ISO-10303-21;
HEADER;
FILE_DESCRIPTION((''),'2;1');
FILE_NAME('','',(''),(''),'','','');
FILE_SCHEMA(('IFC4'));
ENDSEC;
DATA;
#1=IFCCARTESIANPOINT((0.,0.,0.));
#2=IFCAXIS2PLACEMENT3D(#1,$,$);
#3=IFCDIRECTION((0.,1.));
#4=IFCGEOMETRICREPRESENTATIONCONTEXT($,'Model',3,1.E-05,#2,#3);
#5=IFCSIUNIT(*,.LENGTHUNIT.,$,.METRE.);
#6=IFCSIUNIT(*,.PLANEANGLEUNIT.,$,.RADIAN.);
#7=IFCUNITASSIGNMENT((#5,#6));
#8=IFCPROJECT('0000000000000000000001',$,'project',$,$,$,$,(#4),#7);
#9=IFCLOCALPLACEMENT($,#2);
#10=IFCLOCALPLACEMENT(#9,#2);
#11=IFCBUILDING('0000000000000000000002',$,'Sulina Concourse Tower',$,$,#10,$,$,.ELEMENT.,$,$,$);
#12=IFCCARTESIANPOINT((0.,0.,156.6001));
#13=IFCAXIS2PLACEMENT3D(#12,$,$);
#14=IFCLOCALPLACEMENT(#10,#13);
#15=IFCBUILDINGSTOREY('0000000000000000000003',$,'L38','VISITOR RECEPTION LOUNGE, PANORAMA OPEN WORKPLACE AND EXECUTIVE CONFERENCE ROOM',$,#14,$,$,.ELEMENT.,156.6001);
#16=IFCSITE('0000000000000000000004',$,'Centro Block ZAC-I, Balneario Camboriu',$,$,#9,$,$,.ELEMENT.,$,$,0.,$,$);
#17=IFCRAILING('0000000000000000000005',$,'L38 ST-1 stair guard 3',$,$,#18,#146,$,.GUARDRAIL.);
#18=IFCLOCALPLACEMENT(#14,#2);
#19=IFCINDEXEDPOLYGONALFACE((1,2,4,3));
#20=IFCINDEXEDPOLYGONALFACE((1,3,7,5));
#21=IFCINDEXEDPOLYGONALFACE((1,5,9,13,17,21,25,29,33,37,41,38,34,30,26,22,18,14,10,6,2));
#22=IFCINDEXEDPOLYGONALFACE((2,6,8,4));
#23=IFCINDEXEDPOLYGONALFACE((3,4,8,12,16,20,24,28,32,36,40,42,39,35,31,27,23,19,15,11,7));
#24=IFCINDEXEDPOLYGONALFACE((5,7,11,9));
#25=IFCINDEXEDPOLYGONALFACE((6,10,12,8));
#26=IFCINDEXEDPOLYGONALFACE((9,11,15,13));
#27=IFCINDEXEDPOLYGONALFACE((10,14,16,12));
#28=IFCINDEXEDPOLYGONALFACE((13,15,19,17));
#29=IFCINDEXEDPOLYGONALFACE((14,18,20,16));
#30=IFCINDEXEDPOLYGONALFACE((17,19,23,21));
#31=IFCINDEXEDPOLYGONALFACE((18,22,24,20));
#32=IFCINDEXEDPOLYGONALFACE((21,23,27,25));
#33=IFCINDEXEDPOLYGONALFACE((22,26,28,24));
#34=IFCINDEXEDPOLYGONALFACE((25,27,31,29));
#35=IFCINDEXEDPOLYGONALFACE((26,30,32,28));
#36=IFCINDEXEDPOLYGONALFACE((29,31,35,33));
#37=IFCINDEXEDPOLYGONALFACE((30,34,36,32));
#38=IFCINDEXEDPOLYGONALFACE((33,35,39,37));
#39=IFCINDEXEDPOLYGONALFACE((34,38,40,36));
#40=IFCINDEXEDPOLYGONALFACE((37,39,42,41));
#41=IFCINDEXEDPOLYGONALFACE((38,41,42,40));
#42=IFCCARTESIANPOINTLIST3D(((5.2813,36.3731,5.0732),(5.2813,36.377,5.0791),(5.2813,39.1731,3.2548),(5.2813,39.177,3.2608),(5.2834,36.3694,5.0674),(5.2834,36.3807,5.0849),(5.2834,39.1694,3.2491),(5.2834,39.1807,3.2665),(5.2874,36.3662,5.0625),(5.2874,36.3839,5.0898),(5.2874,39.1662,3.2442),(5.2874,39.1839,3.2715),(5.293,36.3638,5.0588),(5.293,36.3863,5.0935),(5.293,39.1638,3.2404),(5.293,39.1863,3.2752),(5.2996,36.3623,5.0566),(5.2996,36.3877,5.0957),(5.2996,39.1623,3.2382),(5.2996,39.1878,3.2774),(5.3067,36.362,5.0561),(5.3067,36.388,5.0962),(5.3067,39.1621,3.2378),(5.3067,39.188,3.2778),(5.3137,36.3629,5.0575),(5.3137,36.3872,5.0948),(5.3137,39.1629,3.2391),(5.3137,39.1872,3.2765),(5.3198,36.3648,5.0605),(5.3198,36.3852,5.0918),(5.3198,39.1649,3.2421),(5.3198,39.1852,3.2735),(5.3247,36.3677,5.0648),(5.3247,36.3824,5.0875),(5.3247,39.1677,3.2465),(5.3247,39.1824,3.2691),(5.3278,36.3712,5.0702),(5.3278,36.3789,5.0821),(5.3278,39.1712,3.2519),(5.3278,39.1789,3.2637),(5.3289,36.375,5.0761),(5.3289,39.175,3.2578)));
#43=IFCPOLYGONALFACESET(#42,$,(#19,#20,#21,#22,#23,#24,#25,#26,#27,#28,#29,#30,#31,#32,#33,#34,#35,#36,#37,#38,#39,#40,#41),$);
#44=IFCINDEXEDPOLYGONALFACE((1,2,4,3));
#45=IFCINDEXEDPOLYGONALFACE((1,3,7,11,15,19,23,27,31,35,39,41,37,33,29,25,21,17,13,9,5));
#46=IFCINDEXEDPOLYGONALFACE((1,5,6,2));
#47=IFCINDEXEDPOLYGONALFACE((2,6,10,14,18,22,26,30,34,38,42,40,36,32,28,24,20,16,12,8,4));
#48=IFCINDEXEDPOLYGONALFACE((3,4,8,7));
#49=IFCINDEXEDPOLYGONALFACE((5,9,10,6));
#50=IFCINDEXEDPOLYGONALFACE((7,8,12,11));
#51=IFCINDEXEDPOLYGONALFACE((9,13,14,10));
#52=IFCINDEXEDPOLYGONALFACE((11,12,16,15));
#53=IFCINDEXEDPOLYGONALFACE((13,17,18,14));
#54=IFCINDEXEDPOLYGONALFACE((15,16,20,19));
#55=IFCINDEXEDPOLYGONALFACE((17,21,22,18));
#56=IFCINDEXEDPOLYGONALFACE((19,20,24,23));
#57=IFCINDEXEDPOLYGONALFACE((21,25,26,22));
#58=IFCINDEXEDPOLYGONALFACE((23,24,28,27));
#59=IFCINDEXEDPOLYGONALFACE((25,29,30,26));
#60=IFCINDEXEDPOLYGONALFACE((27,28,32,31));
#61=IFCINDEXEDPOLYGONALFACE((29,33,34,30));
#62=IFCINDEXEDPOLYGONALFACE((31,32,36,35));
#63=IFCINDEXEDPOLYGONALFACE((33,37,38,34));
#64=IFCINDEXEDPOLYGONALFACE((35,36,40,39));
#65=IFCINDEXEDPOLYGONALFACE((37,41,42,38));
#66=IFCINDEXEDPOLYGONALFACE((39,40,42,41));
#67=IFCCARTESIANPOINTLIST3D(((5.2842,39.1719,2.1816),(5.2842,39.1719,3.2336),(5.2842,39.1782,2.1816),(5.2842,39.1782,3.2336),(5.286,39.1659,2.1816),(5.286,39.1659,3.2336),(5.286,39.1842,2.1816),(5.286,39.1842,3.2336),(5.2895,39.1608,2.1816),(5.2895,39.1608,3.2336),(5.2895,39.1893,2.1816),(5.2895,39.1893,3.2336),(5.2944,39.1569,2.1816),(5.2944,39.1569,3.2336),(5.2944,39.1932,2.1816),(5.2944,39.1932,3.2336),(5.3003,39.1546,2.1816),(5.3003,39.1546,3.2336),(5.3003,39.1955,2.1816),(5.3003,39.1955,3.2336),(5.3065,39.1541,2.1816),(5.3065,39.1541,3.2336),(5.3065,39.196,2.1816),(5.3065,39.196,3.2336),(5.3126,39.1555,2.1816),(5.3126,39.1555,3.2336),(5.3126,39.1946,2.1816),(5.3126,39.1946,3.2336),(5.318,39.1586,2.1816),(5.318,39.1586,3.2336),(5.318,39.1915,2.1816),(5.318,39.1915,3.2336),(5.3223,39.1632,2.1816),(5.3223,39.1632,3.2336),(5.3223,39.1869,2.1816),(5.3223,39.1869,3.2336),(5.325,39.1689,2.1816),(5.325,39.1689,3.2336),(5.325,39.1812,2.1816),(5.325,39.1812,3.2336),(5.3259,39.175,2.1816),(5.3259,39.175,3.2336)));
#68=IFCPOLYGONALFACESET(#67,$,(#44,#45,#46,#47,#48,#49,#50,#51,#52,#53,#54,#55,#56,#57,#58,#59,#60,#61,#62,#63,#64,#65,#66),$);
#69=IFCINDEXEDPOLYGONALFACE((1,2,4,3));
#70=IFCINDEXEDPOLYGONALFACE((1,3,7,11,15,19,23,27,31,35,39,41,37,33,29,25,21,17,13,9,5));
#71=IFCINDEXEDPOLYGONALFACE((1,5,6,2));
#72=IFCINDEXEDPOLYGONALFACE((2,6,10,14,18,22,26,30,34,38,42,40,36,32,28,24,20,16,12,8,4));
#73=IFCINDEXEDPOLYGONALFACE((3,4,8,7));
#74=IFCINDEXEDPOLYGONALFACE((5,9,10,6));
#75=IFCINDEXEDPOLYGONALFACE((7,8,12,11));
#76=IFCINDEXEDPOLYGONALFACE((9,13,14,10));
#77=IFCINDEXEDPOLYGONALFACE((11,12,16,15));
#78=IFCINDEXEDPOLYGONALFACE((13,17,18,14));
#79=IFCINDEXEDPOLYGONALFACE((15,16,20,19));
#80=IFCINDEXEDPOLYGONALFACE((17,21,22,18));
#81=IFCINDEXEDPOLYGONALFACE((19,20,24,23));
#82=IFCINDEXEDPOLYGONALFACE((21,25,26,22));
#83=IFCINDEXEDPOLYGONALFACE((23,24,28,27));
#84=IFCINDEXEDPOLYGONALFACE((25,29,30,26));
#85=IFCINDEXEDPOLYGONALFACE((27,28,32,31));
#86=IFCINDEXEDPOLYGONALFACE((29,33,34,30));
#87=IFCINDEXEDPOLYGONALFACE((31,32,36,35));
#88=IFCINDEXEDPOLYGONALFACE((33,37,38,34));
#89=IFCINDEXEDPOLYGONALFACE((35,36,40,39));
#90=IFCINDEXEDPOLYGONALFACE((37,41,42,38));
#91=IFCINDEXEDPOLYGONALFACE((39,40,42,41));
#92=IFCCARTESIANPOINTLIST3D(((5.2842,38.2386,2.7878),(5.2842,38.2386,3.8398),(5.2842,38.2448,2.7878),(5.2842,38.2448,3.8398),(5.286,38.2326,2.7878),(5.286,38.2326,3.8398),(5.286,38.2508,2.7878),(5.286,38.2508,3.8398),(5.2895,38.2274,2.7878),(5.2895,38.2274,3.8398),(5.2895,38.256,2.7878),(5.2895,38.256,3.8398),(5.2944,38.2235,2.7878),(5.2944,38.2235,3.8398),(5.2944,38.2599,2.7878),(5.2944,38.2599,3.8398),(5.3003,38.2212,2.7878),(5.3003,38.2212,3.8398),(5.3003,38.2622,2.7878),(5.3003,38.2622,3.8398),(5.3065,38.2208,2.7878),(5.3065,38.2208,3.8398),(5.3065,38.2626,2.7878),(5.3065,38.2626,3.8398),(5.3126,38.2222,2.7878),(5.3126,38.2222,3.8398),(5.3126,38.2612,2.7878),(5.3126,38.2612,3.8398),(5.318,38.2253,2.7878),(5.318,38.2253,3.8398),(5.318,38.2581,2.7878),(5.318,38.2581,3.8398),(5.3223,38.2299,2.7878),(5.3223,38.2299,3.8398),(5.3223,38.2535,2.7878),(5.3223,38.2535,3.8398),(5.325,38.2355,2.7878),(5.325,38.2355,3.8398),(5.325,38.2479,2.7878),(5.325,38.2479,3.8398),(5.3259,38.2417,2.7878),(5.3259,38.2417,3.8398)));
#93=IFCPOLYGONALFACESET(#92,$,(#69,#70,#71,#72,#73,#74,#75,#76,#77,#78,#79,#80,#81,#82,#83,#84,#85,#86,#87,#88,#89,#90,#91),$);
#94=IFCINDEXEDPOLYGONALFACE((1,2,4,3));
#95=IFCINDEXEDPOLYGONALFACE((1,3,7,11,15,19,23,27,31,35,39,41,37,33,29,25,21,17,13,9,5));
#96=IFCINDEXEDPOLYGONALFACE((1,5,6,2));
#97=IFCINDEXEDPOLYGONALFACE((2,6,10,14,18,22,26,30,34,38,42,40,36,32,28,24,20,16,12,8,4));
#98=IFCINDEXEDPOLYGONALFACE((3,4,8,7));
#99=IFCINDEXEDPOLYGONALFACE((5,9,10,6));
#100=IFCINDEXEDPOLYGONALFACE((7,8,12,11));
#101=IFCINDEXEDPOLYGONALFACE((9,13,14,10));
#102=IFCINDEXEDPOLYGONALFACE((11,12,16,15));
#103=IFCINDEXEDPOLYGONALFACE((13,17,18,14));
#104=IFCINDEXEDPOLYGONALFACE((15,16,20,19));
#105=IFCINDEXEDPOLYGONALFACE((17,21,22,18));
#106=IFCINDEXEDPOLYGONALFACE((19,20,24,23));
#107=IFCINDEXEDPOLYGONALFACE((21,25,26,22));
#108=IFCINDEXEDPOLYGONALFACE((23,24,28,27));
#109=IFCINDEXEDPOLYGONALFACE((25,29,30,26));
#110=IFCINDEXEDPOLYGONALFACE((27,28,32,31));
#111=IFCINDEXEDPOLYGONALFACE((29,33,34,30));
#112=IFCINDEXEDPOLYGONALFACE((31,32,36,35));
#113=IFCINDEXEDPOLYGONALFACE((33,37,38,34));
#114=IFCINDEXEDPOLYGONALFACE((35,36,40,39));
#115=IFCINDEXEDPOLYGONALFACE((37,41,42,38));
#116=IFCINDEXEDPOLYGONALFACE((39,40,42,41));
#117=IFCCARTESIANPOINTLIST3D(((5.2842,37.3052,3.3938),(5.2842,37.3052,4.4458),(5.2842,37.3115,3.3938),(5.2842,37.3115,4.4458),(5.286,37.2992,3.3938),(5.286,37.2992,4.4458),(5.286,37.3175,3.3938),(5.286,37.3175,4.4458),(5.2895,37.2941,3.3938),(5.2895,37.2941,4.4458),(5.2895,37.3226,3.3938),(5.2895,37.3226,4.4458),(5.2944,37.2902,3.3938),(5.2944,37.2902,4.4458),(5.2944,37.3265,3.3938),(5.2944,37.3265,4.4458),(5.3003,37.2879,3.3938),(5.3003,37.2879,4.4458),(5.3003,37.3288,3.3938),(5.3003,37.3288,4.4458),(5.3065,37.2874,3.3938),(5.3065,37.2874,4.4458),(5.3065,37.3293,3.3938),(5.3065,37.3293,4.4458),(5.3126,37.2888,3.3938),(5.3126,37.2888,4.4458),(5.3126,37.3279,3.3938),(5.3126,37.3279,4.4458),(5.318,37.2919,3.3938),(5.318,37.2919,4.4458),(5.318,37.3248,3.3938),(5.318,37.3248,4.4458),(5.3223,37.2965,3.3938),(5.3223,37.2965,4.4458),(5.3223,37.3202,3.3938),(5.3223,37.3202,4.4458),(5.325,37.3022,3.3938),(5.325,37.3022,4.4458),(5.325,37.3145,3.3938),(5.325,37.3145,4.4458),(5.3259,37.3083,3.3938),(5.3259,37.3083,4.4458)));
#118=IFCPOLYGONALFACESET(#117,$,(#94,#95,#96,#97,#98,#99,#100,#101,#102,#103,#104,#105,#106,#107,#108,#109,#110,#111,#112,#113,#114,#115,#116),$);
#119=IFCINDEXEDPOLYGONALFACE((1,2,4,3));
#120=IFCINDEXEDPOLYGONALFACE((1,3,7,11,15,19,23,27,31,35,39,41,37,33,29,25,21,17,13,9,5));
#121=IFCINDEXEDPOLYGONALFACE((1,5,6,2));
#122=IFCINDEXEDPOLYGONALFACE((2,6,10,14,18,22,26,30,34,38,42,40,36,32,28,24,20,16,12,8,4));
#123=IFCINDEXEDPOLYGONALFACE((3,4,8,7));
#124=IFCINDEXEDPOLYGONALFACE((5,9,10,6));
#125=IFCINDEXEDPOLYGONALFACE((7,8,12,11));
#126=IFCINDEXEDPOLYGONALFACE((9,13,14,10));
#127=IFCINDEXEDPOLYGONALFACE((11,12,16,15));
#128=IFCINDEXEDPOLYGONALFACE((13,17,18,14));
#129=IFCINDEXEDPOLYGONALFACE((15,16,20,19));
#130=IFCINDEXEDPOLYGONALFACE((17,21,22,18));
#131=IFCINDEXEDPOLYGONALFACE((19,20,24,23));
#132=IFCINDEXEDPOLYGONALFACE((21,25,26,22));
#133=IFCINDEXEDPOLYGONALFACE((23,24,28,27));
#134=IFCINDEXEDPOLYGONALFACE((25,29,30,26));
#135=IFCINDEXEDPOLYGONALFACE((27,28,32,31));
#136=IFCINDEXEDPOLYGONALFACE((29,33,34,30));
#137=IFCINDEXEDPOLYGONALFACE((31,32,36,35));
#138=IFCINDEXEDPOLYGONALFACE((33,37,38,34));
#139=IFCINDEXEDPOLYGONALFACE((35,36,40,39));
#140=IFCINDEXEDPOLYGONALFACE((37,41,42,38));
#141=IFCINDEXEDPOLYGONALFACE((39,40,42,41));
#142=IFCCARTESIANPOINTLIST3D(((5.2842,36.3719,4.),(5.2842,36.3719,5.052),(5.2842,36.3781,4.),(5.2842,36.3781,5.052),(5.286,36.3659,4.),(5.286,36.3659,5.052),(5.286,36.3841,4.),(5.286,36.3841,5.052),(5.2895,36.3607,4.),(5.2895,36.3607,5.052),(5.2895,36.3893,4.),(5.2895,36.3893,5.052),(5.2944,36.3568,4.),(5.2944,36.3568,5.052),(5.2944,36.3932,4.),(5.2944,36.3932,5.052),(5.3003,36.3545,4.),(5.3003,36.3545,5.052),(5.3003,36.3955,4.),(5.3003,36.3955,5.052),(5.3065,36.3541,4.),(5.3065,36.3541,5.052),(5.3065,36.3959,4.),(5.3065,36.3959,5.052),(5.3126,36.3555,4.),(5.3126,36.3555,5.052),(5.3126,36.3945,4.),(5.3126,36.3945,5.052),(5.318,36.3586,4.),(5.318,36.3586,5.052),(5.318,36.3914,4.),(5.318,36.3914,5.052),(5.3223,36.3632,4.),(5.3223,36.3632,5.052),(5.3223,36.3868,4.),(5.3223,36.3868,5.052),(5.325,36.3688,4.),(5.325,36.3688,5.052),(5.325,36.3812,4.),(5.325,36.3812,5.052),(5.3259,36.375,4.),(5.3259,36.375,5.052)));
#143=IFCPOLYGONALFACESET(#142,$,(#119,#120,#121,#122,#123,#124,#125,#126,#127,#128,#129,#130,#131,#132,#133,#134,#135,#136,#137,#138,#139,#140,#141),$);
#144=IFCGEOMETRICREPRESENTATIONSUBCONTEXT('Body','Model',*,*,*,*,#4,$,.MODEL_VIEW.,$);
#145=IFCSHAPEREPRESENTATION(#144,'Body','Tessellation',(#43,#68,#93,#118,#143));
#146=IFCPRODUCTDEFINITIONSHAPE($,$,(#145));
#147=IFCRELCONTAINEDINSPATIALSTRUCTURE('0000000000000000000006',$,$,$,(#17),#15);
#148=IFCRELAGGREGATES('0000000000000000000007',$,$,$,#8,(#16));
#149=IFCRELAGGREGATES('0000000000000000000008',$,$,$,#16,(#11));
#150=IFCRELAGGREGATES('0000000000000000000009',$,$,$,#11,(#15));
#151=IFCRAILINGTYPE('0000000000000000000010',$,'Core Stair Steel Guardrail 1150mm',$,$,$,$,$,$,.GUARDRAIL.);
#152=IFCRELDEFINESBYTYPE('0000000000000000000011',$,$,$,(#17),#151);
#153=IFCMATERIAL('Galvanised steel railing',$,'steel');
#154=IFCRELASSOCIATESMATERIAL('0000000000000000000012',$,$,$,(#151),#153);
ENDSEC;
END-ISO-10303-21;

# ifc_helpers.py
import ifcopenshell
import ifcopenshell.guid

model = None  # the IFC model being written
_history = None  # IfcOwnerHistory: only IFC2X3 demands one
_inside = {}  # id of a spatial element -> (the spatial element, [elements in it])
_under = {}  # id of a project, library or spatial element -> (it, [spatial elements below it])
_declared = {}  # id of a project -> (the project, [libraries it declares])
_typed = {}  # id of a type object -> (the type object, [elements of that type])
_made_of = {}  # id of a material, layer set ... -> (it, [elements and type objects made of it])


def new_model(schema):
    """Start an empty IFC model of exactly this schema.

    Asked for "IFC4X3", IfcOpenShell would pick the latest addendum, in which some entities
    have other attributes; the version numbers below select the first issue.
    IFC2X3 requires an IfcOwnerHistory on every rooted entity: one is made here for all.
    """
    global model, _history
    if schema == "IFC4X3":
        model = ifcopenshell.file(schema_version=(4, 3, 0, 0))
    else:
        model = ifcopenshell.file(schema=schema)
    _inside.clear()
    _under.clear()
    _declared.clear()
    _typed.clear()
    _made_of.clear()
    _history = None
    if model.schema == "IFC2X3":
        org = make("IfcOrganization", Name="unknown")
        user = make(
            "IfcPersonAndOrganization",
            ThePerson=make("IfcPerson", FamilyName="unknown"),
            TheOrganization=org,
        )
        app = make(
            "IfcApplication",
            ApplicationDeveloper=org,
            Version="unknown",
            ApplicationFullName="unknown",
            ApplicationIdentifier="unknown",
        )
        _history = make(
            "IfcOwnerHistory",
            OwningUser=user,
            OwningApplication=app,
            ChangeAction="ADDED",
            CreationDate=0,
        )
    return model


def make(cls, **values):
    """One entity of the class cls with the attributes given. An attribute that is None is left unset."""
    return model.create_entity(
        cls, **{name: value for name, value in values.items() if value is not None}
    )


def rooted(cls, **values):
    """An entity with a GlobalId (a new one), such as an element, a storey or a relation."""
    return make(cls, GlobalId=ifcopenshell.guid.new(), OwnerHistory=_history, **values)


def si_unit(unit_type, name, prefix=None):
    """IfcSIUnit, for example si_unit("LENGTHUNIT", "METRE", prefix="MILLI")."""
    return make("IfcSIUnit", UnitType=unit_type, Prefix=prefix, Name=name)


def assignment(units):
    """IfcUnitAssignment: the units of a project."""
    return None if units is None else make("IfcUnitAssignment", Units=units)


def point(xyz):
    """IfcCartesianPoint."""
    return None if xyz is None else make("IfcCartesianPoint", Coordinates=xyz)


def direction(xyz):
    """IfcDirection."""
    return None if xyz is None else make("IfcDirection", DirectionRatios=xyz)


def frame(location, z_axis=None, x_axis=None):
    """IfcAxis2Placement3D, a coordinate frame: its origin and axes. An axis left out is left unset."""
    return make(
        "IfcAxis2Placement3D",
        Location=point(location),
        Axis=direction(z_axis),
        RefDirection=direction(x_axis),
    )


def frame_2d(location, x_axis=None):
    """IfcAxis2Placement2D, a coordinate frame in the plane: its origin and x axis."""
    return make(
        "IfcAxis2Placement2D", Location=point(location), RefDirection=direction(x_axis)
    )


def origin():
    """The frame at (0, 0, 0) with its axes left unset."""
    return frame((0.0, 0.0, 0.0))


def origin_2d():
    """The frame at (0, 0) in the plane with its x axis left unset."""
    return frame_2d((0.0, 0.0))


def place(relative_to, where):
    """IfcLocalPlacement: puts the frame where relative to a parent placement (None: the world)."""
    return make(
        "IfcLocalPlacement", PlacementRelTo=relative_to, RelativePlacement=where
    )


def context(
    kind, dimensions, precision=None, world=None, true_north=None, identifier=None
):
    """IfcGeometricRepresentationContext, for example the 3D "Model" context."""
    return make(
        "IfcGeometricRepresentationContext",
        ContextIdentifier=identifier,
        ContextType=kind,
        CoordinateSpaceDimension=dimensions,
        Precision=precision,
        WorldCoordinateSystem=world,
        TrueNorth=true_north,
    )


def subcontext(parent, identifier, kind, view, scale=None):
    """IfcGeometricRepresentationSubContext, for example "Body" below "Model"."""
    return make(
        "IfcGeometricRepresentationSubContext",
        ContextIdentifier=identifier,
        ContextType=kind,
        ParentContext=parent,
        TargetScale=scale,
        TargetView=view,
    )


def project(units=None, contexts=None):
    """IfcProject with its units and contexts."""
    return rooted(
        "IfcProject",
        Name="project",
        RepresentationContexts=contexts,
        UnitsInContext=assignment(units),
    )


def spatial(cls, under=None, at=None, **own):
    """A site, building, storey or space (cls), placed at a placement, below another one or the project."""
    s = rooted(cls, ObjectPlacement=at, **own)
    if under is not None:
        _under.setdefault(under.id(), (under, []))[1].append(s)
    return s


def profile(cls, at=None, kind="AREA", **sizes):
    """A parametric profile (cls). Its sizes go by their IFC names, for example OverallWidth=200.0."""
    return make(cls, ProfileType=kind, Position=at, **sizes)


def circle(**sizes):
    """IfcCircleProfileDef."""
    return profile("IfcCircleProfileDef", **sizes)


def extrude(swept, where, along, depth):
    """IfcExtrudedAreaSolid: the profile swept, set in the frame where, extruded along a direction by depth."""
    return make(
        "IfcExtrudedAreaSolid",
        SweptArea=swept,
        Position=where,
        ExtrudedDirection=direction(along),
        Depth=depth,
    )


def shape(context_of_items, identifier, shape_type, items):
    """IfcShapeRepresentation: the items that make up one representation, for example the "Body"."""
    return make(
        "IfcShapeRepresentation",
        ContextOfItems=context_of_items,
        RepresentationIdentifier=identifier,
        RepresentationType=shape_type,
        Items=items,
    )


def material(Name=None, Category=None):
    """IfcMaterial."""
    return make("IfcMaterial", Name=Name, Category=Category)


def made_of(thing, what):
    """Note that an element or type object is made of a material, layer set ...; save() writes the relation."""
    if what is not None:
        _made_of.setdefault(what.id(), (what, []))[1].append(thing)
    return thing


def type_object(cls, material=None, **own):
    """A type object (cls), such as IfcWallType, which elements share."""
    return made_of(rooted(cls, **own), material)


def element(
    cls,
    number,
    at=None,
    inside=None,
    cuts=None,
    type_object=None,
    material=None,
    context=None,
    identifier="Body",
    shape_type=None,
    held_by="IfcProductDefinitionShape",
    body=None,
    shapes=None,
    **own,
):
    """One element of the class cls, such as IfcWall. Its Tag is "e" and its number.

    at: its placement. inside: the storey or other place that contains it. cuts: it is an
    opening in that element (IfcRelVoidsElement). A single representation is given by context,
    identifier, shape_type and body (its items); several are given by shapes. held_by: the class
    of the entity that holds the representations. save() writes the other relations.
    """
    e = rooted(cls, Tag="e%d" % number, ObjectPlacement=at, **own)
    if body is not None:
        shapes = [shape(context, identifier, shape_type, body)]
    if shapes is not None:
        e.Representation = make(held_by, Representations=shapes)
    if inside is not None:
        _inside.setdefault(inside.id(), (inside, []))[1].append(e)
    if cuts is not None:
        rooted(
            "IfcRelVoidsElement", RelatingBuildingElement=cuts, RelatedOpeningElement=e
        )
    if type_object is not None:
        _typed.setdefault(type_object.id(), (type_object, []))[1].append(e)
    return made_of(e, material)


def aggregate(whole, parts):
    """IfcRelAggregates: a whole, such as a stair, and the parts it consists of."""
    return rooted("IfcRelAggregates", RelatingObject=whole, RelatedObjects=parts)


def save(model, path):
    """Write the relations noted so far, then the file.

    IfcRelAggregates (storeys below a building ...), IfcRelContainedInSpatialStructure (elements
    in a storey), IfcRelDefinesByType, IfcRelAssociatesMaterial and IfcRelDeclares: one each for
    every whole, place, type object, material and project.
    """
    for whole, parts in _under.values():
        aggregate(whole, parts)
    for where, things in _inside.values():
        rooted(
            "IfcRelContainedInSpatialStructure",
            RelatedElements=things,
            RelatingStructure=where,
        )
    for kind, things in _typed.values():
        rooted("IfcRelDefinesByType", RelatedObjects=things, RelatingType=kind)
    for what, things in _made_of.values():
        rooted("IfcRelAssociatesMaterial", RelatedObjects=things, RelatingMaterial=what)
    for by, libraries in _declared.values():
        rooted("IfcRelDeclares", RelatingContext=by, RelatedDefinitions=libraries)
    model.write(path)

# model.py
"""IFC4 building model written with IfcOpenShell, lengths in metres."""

from ifc_helpers import new_model, si_unit, direction, frame, origin, origin_2d, place, context, subcontext, project, spatial, circle, extrude, material, type_object, element, save


model = new_model("IFC4")

# Units and contexts
model_context = context("Model", 3, precision=1e-05, world=origin(), true_north=direction((0.0, 1.0)))
body_context = subcontext(model_context, "Body", "Model", "MODEL_VIEW")
ifc_project = project(units=[si_unit("LENGTHUNIT", "METRE"), si_unit("PLANEANGLEUNIT", "RADIAN")], contexts=[model_context])

# Site, building, storey
site_placement = place(None, origin())
site = spatial("IfcSite", under=ifc_project, at=site_placement, Name="Centro Block ZAC-I, Balneario Camboriu", CompositionType="ELEMENT", RefElevation=0.0)
building_placement = place(site_placement, origin())
building = spatial("IfcBuilding", under=site, at=building_placement, Name="Sulina Concourse Tower", CompositionType="ELEMENT")
storey_placement = place(building_placement, frame((0.0, 0.0, 156.6001)))
storey = spatial("IfcBuildingStorey", under=building, at=storey_placement, Name="L38", Description="VISITOR RECEPTION LOUNGE, PANORAMA OPEN WORKPLACE AND EXECUTIVE CONFERENCE ROOM", CompositionType="ELEMENT", Elevation=156.6001)

# Railing
ifc_material_1 = material(Name="Galvanised steel railing", Category="steel")
railing_type_1 = type_object("IfcRailingType", Name="Core Stair Steel Guardrail 1150mm", PredefinedType="GUARDRAIL", material=ifc_material_1)
railing_1_placement = place(storey_placement, frame((5.3049, 39.175, 2.1816)))
element("IfcRailing", 1, at=railing_1_placement, inside=storey, type_object=railing_type_1, Name="L38 ST-1 stair guard 3", PredefinedType="GUARDRAIL", context=body_context, shape_type="SweptSolid", body=[
    extrude(circle(Radius=0.0239, at=origin_2d()), frame((0.0, 0.0, 1.0762), z_axis=(0.0, -0.838672, 0.544636), x_axis=(1.0, 0.0, 0.0)), (0.0, 0.0, 1.0), 3.3386),
    extrude(circle(Radius=0.021, at=origin_2d()), origin(), (0.0, 0.0, 1.0), 1.052),
    extrude(circle(Radius=0.021, at=origin_2d()), frame((0.0, -0.9333, 0.6062)), (0.0, 0.0, 1.0), 1.052),
    extrude(circle(Radius=0.021, at=origin_2d()), frame((0.0, -1.8667, 1.2122)), (0.0, 0.0, 1.0), 1.052),
    extrude(circle(Radius=0.021, at=origin_2d()), frame((0.0, -2.8, 1.8184)), (0.0, 0.0, 1.0), 1.052),
])

save(model, "model.ifc")
